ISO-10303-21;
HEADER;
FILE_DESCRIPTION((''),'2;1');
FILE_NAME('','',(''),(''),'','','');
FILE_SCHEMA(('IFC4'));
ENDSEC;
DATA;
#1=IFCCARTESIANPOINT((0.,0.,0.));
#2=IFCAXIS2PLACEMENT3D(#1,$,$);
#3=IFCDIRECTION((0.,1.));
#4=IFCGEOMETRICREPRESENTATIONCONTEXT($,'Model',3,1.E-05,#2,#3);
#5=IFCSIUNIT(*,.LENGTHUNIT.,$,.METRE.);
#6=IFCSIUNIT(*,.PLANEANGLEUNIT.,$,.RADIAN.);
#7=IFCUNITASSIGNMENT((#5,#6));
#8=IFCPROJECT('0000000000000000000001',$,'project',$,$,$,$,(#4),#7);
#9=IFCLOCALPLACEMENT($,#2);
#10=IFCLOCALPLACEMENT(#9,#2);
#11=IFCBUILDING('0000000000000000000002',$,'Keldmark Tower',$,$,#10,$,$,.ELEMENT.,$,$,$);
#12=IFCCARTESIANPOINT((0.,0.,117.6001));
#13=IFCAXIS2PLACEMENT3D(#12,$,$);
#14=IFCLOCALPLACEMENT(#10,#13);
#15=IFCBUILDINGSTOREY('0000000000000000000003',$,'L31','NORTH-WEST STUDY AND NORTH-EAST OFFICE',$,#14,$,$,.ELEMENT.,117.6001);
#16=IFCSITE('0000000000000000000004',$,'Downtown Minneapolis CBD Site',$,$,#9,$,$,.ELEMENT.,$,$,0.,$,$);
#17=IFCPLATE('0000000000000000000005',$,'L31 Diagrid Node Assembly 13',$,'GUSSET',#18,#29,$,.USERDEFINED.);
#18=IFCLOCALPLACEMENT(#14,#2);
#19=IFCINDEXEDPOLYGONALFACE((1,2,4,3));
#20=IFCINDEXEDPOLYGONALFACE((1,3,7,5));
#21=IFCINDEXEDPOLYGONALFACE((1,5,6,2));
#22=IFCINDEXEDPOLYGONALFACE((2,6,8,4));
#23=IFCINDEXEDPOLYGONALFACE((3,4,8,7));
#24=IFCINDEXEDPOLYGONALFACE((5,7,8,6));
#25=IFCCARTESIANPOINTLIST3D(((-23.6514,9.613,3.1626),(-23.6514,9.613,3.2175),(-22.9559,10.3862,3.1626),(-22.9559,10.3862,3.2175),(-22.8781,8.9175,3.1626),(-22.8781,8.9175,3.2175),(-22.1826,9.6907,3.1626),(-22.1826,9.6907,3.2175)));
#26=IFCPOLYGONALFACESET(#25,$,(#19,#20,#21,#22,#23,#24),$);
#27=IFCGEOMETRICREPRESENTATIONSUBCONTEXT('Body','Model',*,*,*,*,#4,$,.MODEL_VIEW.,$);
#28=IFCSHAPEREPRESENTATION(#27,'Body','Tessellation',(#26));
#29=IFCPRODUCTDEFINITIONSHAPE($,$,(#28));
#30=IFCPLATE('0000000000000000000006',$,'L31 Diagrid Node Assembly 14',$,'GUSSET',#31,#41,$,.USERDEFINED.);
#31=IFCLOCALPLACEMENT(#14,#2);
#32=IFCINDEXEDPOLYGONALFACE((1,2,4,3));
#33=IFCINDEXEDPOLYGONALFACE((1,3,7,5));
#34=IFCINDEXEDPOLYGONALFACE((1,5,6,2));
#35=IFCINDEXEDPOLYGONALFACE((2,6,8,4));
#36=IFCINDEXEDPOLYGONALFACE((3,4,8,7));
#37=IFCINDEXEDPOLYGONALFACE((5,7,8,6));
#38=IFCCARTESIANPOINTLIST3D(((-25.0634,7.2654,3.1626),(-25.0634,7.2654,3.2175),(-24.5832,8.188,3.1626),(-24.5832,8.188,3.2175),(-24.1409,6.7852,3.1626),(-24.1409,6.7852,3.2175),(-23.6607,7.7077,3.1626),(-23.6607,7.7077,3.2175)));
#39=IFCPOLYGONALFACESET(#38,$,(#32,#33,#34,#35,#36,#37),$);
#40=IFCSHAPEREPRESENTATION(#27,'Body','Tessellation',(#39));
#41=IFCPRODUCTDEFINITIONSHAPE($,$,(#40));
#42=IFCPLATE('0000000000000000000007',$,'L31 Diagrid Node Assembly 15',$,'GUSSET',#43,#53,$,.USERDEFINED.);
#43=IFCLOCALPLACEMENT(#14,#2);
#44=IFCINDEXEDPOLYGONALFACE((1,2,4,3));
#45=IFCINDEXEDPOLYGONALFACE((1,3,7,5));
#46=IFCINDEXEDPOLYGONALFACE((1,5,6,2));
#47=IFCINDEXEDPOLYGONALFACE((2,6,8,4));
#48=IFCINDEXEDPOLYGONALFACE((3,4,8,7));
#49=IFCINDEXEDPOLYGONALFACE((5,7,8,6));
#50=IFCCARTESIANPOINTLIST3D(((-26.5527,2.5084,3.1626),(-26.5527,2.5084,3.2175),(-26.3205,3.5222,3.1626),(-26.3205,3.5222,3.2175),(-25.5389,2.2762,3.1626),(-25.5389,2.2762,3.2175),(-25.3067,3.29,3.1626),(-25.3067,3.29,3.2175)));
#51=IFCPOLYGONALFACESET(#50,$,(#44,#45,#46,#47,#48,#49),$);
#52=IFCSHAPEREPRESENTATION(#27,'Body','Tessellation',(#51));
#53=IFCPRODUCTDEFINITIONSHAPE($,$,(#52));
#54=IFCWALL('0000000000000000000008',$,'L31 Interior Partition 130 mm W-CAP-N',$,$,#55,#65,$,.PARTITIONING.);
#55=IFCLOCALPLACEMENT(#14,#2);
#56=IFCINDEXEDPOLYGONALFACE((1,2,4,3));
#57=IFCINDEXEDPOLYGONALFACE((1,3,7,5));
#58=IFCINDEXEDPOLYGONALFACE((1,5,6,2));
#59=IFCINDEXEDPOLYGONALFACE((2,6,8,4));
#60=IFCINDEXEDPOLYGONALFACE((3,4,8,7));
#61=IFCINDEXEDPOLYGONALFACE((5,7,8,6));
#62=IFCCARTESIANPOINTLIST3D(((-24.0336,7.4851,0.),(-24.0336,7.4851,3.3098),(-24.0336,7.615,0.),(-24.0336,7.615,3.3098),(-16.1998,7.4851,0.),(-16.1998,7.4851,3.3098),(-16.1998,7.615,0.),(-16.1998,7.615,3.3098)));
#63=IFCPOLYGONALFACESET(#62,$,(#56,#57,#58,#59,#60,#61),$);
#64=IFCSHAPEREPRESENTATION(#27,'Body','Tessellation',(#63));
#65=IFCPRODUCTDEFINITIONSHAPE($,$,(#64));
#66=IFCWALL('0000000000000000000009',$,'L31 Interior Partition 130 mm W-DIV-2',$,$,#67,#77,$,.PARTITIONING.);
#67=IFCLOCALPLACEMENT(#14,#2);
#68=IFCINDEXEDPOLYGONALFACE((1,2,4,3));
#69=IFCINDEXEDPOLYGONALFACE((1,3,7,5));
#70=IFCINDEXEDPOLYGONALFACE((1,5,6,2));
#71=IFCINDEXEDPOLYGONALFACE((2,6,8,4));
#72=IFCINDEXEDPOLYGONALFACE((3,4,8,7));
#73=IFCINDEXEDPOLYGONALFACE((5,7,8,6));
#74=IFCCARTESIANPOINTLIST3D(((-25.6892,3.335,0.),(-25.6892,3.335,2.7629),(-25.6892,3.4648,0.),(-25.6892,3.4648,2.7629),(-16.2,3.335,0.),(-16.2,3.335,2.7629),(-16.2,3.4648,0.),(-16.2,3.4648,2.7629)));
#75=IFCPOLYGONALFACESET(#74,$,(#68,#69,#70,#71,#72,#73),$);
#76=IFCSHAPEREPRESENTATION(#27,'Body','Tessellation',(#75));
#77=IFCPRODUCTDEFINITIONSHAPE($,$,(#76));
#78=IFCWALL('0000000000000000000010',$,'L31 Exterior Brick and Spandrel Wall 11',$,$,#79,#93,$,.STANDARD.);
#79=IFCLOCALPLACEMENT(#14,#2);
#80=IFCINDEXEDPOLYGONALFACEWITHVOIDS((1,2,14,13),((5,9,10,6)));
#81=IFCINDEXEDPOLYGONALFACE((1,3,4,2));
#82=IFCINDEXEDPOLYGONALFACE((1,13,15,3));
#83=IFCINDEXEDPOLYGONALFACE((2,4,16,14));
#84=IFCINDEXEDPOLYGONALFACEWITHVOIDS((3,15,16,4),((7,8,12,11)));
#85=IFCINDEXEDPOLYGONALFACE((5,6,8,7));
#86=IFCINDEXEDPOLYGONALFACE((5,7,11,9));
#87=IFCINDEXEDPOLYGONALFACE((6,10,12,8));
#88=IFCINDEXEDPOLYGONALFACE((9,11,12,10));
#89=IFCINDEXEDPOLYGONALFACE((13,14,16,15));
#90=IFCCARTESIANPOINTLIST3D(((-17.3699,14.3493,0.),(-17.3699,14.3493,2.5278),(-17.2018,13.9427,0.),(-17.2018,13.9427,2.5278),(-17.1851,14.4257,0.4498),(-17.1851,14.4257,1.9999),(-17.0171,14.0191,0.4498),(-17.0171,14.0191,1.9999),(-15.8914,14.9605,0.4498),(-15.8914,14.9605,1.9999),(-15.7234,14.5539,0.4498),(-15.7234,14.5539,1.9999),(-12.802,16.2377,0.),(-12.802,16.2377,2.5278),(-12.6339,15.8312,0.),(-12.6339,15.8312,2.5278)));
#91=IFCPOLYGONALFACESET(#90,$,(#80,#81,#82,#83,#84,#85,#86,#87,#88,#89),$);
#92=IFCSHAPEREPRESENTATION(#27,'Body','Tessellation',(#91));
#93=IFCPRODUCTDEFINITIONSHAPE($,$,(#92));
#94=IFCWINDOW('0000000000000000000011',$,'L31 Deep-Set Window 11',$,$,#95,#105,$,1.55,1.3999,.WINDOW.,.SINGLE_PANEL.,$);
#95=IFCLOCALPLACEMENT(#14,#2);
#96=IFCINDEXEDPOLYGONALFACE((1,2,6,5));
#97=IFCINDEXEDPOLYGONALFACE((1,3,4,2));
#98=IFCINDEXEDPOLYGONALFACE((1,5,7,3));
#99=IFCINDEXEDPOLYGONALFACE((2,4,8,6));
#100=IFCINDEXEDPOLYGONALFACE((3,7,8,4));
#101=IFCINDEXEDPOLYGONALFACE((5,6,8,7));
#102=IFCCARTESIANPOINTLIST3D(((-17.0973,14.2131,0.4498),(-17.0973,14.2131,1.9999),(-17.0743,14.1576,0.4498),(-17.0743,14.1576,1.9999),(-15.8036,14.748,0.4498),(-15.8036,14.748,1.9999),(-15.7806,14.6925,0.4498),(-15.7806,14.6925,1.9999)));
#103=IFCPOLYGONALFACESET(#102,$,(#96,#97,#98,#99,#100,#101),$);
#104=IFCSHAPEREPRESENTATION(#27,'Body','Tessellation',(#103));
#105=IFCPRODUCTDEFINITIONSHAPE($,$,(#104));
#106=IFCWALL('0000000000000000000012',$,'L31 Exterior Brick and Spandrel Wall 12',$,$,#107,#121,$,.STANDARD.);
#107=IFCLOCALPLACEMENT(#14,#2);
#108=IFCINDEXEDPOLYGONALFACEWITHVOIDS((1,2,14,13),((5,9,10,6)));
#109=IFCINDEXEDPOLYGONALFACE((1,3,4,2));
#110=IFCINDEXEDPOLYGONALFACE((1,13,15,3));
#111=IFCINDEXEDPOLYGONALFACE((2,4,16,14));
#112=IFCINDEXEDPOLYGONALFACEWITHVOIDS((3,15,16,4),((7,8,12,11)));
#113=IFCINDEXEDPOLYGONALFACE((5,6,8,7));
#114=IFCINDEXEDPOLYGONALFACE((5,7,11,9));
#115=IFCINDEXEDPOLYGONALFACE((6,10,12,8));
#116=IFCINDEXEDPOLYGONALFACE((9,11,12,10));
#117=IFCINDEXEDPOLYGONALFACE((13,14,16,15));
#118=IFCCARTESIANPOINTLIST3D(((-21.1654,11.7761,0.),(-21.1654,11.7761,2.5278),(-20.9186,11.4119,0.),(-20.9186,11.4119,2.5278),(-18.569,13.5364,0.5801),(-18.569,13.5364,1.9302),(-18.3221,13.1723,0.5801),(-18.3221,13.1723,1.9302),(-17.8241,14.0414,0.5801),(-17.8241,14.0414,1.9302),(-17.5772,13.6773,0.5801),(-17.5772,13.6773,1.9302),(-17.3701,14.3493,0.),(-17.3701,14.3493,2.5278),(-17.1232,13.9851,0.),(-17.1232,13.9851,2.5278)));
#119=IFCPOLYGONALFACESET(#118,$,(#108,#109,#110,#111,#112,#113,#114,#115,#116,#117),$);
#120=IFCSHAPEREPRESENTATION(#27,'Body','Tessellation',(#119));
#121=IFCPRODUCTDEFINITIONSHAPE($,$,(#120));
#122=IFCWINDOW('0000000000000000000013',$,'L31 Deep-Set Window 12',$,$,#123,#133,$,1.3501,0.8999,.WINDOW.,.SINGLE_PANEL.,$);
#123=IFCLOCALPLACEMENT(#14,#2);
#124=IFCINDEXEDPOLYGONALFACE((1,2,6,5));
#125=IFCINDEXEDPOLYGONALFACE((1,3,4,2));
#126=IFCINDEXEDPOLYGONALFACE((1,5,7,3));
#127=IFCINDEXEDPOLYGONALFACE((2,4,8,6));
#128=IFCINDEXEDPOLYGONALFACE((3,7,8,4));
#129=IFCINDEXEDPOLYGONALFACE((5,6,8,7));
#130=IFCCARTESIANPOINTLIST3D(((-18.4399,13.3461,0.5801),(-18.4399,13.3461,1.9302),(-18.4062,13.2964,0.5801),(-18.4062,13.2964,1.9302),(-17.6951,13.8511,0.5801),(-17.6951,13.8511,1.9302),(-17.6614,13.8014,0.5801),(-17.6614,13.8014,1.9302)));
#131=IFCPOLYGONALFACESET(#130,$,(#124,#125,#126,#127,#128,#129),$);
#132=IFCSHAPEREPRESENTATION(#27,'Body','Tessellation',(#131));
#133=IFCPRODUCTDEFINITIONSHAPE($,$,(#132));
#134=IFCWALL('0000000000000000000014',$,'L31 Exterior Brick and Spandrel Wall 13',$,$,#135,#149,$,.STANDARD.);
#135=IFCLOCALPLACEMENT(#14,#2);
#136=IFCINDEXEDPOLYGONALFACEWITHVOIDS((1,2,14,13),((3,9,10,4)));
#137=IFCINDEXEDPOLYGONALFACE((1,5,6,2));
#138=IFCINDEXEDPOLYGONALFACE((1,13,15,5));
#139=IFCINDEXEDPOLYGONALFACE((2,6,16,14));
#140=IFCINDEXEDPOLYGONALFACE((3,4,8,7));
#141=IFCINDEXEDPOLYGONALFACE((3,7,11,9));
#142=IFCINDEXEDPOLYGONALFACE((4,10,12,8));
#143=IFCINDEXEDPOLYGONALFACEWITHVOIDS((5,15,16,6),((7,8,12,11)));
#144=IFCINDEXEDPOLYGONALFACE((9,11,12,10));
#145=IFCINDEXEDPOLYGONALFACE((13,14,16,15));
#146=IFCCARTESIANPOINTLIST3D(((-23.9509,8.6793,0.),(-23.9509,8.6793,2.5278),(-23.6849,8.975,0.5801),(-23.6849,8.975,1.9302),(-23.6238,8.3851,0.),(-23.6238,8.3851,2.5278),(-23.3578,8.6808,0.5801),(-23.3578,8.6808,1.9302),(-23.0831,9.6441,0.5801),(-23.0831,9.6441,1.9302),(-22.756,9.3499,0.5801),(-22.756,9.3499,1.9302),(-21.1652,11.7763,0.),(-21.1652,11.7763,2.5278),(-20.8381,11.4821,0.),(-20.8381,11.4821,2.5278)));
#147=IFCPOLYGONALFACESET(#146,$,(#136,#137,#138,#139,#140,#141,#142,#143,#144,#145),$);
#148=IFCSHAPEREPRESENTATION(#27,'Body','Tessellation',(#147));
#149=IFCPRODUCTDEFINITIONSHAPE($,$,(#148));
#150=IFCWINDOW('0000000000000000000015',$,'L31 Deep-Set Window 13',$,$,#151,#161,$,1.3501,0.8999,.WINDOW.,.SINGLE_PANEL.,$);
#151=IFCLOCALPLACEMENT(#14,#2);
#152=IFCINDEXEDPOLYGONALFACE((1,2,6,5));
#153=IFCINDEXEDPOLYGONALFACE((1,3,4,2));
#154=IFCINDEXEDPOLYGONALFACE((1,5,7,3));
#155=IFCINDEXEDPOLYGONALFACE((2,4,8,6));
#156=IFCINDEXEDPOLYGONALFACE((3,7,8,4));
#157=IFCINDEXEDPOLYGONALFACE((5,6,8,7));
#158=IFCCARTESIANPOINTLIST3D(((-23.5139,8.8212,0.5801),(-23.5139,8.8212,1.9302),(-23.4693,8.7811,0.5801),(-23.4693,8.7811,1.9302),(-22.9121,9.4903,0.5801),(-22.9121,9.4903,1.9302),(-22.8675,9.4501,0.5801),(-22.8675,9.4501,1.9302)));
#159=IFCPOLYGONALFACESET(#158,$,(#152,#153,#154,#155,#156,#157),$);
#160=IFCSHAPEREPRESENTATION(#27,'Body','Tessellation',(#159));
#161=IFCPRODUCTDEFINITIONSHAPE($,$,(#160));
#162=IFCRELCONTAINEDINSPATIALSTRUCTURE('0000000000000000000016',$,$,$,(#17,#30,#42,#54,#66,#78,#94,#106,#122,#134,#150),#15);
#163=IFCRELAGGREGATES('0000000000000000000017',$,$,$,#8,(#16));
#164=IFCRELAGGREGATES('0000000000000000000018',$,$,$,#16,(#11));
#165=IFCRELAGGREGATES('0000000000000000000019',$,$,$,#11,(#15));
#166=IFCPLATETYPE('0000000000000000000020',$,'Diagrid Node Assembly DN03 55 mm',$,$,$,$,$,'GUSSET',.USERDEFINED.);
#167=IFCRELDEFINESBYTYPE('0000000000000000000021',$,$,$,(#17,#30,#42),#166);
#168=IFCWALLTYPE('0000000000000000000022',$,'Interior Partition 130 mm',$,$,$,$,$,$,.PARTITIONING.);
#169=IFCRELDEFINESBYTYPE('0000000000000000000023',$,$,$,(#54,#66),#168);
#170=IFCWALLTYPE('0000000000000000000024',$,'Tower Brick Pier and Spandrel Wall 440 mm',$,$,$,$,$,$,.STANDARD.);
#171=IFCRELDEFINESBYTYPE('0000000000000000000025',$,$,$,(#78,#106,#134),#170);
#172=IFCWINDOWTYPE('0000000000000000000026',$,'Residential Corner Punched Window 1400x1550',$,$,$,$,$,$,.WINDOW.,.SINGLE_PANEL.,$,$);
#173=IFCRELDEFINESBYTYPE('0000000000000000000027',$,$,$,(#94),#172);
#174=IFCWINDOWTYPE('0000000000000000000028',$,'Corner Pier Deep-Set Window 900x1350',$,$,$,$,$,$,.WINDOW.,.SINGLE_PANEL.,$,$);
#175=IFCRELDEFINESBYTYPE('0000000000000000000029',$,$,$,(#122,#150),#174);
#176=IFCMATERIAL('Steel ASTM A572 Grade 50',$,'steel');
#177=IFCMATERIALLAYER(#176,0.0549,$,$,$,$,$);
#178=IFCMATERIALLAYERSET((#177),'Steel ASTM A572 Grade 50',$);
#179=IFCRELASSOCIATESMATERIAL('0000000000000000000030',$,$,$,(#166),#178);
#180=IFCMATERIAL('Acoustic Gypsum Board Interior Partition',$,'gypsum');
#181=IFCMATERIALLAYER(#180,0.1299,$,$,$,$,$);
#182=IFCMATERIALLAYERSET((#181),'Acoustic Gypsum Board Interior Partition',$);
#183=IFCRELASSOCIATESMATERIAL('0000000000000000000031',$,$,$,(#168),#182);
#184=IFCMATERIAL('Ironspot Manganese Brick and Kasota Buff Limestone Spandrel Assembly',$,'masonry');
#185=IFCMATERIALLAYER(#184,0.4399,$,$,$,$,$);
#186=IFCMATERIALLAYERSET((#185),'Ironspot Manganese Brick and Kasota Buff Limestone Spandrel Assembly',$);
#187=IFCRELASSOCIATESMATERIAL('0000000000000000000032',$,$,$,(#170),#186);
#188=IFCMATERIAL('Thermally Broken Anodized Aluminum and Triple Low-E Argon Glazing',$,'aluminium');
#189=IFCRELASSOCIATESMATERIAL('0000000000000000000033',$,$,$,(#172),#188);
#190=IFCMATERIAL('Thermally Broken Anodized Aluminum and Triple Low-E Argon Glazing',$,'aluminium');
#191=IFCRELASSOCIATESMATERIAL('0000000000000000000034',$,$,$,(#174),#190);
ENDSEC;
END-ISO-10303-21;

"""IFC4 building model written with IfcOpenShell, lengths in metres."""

from ifc_helpers import new_model, si_unit, direction, frame, frame_2d, origin, origin_2d, place, context, subcontext, project, spatial, rectangle, extrude, material, layer, layer_set, type_object, element, fill, save


model = new_model("IFC4")

# Units and contexts
model_context = context("Model", 3, precision=1e-05, world=origin(), true_north=direction((0.0, 1.0)))
body_context = subcontext(model_context, "Body", "Model", "MODEL_VIEW")
ifc_project = project(units=[si_unit("LENGTHUNIT", "METRE"), si_unit("PLANEANGLEUNIT", "RADIAN")], contexts=[model_context])

# Site, building, storey
site_placement = place(None, origin())
site = spatial("IfcSite", under=ifc_project, at=site_placement, Name="Downtown Minneapolis CBD Site", CompositionType="ELEMENT", RefElevation=0.0)
building_placement = place(site_placement, origin())
building = spatial("IfcBuilding", under=site, at=building_placement, Name="Keldmark Tower", CompositionType="ELEMENT")
storey_placement = place(building_placement, frame((0.0, 0.0, 117.6001)))
storey = spatial("IfcBuildingStorey", under=building, at=storey_placement, Name="L31", Description="NORTH-WEST STUDY AND NORTH-EAST OFFICE", CompositionType="ELEMENT", Elevation=117.6001)

# Plates
ifc_material_1 = material(Name="Steel ASTM A572 Grade 50", Category="steel")
ifc_layer_1 = layer(ifc_material_1, 0.0549)
ifc_layer_set_1 = layer_set([ifc_layer_1], Name="Steel ASTM A572 Grade 50")
plate_type = type_object("IfcPlateType", Name="Diagrid Node Assembly DN03 55 mm", ElementType="GUSSET", PredefinedType="USERDEFINED", material=ifc_layer_set_1)
for number, where, z_axis, x_axis, name in (
    (1, (-22.917, 9.6519, 3.1626), (0.0, 0.0, 1.0), (-0.668741, -0.743495, 0.0), "L31 Diagrid Node Assembly 13"),
    (2, (-24.3621, 7.4866, 3.1626), (0.0, 0.0, 1.0), (-0.461749, -0.887011, 0.0), "L31 Diagrid Node Assembly 14"),
    (3, (-25.9297, 2.8992, 3.1626), (0.0, 0.0, 1.0), (-0.22325, -0.974761, 0.0), "L31 Diagrid Node Assembly 15"),
):
    element("IfcPlate", number, at=place(storey_placement, frame(where, z_axis=z_axis, x_axis=x_axis)), inside=storey, type_object=plate_type, Name=name, ObjectType="GUSSET", PredefinedType="USERDEFINED", context=body_context, shape_type="SweptSolid", body=[
        extrude(rectangle(XDim=1.04, YDim=1.04, at=origin_2d()), origin(), (0.0, 0.0, 1.0), 0.0549),
    ])

# Walls
ifc_material_2 = material(Name="Acoustic Gypsum Board Interior Partition", Category="gypsum")
ifc_layer_2 = layer(ifc_material_2, 0.1299)
ifc_layer_set_2 = layer_set([ifc_layer_2], Name="Acoustic Gypsum Board Interior Partition")
wall_type_1 = type_object("IfcWallType", Name="Interior Partition 130 mm", PredefinedType="PARTITIONING", material=ifc_layer_set_2)
wall_1_placement = place(storey_placement, frame((-24.0337, 7.55, 0.0), z_axis=(0.0, 0.0, 1.0), x_axis=(1.0, 0.0, 0.0)))
element("IfcWall", 4, at=wall_1_placement, inside=storey, type_object=wall_type_1, Name="L31 Interior Partition 130 mm W-CAP-N", PredefinedType="PARTITIONING", context=body_context, shape_type="SweptSolid", body=[
    extrude(rectangle(XDim=7.8337, YDim=0.1299, at=frame_2d((3.917, 0.0))), origin(), (0.0, 0.0, 1.0), 3.3098),
])
wall_2_placement = place(storey_placement, frame((-25.6892, 3.3999, 0.0), z_axis=(0.0, 0.0, 1.0), x_axis=(1.0, 0.0, 0.0)))
element("IfcWall", 5, at=wall_2_placement, inside=storey, type_object=wall_type_1, Name="L31 Interior Partition 130 mm W-DIV-2", PredefinedType="PARTITIONING", context=body_context, shape_type="SweptSolid", body=[
    extrude(rectangle(XDim=9.4893, YDim=0.1299, at=frame_2d((4.7446, 0.0))), origin(), (0.0, 0.0, 1.0), 2.7629),
])

# Walls, openings, windows
ifc_material_3 = material(Name="Ironspot Manganese Brick and Kasota Buff Limestone Spandrel Assembly", Category="masonry")
ifc_layer_3 = layer(ifc_material_3, 0.4399)
ifc_layer_set_3 = layer_set([ifc_layer_3], Name="Ironspot Manganese Brick and Kasota Buff Limestone Spandrel Assembly")
wall_type_2 = type_object("IfcWallType", Name="Tower Brick Pier and Spandrel Wall 440 mm", PredefinedType="STANDARD", material=ifc_layer_set_3)
wall_3_placement = place(storey_placement, frame((-17.2859, 14.146, 0.0), z_axis=(0.0, 0.0, 1.0), x_axis=(0.92414, 0.382054, 0.0)))
wall_3 = element("IfcWall", 6, at=wall_3_placement, inside=storey, type_object=wall_type_2, Name="L31 Exterior Brick and Spandrel Wall 11", PredefinedType="STANDARD", context=body_context, shape_type="SweptSolid", body=[
    extrude(rectangle(XDim=4.9429, YDim=0.4399, at=frame_2d((2.4714, 0.0))), origin(), (0.0, 0.0, 1.0), 2.5278),
])
opening_1_placement = place(wall_3_placement, frame((0.2, 0.0, 0.45)))
opening_1 = element("IfcOpeningElement", 7, at=opening_1_placement, cuts=wall_3, PredefinedType="OPENING", context=body_context, shape_type="SweptSolid", body=[
    extrude(rectangle(XDim=1.3999, YDim=1.55, at=frame_2d((0.7, 0.7749))), frame((0.0, 0.23, 0.0), z_axis=(0.0, -1.0, 0.0), x_axis=(1.0, 0.0, 0.0)), (0.0, 0.0, 1.0), 0.46),
])
ifc_material_4 = material(Name="Thermally Broken Anodized Aluminum and Triple Low-E Argon Glazing", Category="aluminium")
window_type_1 = type_object("IfcWindowType", Name="Residential Corner Punched Window 1400x1550", PartitioningType="SINGLE_PANEL", PredefinedType="WINDOW", material=ifc_material_4)
window_1_placement = place(opening_1_placement, origin())
window_1 = element("IfcWindow", 8, at=window_1_placement, inside=storey, type_object=window_type_1, Name="L31 Deep-Set Window 11", OverallHeight=1.55, OverallWidth=1.3999, PartitioningType="SINGLE_PANEL", PredefinedType="WINDOW", context=body_context, shape_type="SweptSolid", body=[
    extrude(rectangle(XDim=1.3999, YDim=1.55, at=frame_2d((0.7, 0.7749))), frame((0.0, -0.01, 0.0), z_axis=(0.0, -1.0, 0.0), x_axis=(1.0, 0.0, 0.0)), (0.0, 0.0, 1.0), 0.0601),
])
fill(opening_1, window_1)
wall_4_placement = place(storey_placement, frame((-21.042, 11.594, 0.0), z_axis=(0.0, 0.0, 1.0), x_axis=(0.8277, 0.561171, 0.0)))
wall_4 = element("IfcWall", 9, at=wall_4_placement, inside=storey, type_object=wall_type_2, Name="L31 Exterior Brick and Spandrel Wall 12", PredefinedType="STANDARD", context=body_context, shape_type="SweptSolid", body=[
    extrude(rectangle(XDim=4.5854, YDim=0.4399, at=frame_2d((2.2927, 0.0))), origin(), (0.0, 0.0, 1.0), 2.5278),
])
opening_2_placement = place(wall_4_placement, frame((3.137, 0.0, 0.5801)))
opening_2 = element("IfcOpeningElement", 10, at=opening_2_placement, cuts=wall_4, PredefinedType="OPENING", context=body_context, shape_type="SweptSolid", body=[
    extrude(rectangle(XDim=0.8999, YDim=1.3501, at=frame_2d((0.45, 0.675))), frame((0.0, 0.23, 0.0), z_axis=(0.0, -1.0, 0.0), x_axis=(1.0, 0.0, 0.0)), (0.0, 0.0, 1.0), 0.46),
])
ifc_material_5 = material(Name="Thermally Broken Anodized Aluminum and Triple Low-E Argon Glazing", Category="aluminium")
window_type_2 = type_object("IfcWindowType", Name="Corner Pier Deep-Set Window 900x1350", PartitioningType="SINGLE_PANEL", PredefinedType="WINDOW", material=ifc_material_5)
window_2_placement = place(opening_2_placement, origin())
window_2 = element("IfcWindow", 11, at=window_2_placement, inside=storey, type_object=window_type_2, Name="L31 Deep-Set Window 12", OverallHeight=1.3501, OverallWidth=0.8999, PartitioningType="SINGLE_PANEL", PredefinedType="WINDOW", context=body_context, shape_type="SweptSolid", body=[
    extrude(rectangle(XDim=0.8999, YDim=1.3501, at=frame_2d((0.45, 0.675))), frame((0.0, -0.01, 0.0), z_axis=(0.0, -1.0, 0.0), x_axis=(1.0, 0.0, 0.0)), (0.0, 0.0, 1.0), 0.0601),
])
fill(opening_2, window_2)
wall_5_placement = place(storey_placement, frame((-23.7874, 8.5322, 0.0), z_axis=(0.0, 0.0, 1.0), x_axis=(0.668754, 0.743484, 0.0)))
wall_5 = element("IfcWall", 12, at=wall_5_placement, inside=storey, type_object=wall_type_2, Name="L31 Exterior Brick and Spandrel Wall 13", PredefinedType="STANDARD", context=body_context, shape_type="SweptSolid", body=[
    extrude(rectangle(XDim=4.1655, YDim=0.4399, at=frame_2d((2.0828, 0.0))), origin(), (0.0, 0.0, 1.0), 2.5278),
])
opening_3_placement = place(wall_5_placement, frame((0.3977, 0.0, 0.5801)))
opening_3 = element("IfcOpeningElement", 13, at=opening_3_placement, cuts=wall_5, PredefinedType="OPENING", context=body_context, shape_type="SweptSolid", body=[
    extrude(rectangle(XDim=0.8999, YDim=1.3501, at=frame_2d((0.45, 0.675))), frame((0.0, 0.23, 0.0), z_axis=(0.0, -1.0, 0.0), x_axis=(1.0, 0.0, 0.0)), (0.0, 0.0, 1.0), 0.46),
])
window_3_placement = place(opening_3_placement, origin())
window_3 = element("IfcWindow", 14, at=window_3_placement, inside=storey, type_object=window_type_2, Name="L31 Deep-Set Window 13", OverallHeight=1.3501, OverallWidth=0.8999, PartitioningType="SINGLE_PANEL", PredefinedType="WINDOW", context=body_context, shape_type="SweptSolid", body=[
    extrude(rectangle(XDim=0.8999, YDim=1.3501, at=frame_2d((0.45, 0.675))), frame((0.0, -0.01, 0.0), z_axis=(0.0, -1.0, 0.0), x_axis=(1.0, 0.0, 0.0)), (0.0, 0.0, 1.0), 0.0601),
])
fill(opening_3, window_3)

save(model, "model.ifc")
